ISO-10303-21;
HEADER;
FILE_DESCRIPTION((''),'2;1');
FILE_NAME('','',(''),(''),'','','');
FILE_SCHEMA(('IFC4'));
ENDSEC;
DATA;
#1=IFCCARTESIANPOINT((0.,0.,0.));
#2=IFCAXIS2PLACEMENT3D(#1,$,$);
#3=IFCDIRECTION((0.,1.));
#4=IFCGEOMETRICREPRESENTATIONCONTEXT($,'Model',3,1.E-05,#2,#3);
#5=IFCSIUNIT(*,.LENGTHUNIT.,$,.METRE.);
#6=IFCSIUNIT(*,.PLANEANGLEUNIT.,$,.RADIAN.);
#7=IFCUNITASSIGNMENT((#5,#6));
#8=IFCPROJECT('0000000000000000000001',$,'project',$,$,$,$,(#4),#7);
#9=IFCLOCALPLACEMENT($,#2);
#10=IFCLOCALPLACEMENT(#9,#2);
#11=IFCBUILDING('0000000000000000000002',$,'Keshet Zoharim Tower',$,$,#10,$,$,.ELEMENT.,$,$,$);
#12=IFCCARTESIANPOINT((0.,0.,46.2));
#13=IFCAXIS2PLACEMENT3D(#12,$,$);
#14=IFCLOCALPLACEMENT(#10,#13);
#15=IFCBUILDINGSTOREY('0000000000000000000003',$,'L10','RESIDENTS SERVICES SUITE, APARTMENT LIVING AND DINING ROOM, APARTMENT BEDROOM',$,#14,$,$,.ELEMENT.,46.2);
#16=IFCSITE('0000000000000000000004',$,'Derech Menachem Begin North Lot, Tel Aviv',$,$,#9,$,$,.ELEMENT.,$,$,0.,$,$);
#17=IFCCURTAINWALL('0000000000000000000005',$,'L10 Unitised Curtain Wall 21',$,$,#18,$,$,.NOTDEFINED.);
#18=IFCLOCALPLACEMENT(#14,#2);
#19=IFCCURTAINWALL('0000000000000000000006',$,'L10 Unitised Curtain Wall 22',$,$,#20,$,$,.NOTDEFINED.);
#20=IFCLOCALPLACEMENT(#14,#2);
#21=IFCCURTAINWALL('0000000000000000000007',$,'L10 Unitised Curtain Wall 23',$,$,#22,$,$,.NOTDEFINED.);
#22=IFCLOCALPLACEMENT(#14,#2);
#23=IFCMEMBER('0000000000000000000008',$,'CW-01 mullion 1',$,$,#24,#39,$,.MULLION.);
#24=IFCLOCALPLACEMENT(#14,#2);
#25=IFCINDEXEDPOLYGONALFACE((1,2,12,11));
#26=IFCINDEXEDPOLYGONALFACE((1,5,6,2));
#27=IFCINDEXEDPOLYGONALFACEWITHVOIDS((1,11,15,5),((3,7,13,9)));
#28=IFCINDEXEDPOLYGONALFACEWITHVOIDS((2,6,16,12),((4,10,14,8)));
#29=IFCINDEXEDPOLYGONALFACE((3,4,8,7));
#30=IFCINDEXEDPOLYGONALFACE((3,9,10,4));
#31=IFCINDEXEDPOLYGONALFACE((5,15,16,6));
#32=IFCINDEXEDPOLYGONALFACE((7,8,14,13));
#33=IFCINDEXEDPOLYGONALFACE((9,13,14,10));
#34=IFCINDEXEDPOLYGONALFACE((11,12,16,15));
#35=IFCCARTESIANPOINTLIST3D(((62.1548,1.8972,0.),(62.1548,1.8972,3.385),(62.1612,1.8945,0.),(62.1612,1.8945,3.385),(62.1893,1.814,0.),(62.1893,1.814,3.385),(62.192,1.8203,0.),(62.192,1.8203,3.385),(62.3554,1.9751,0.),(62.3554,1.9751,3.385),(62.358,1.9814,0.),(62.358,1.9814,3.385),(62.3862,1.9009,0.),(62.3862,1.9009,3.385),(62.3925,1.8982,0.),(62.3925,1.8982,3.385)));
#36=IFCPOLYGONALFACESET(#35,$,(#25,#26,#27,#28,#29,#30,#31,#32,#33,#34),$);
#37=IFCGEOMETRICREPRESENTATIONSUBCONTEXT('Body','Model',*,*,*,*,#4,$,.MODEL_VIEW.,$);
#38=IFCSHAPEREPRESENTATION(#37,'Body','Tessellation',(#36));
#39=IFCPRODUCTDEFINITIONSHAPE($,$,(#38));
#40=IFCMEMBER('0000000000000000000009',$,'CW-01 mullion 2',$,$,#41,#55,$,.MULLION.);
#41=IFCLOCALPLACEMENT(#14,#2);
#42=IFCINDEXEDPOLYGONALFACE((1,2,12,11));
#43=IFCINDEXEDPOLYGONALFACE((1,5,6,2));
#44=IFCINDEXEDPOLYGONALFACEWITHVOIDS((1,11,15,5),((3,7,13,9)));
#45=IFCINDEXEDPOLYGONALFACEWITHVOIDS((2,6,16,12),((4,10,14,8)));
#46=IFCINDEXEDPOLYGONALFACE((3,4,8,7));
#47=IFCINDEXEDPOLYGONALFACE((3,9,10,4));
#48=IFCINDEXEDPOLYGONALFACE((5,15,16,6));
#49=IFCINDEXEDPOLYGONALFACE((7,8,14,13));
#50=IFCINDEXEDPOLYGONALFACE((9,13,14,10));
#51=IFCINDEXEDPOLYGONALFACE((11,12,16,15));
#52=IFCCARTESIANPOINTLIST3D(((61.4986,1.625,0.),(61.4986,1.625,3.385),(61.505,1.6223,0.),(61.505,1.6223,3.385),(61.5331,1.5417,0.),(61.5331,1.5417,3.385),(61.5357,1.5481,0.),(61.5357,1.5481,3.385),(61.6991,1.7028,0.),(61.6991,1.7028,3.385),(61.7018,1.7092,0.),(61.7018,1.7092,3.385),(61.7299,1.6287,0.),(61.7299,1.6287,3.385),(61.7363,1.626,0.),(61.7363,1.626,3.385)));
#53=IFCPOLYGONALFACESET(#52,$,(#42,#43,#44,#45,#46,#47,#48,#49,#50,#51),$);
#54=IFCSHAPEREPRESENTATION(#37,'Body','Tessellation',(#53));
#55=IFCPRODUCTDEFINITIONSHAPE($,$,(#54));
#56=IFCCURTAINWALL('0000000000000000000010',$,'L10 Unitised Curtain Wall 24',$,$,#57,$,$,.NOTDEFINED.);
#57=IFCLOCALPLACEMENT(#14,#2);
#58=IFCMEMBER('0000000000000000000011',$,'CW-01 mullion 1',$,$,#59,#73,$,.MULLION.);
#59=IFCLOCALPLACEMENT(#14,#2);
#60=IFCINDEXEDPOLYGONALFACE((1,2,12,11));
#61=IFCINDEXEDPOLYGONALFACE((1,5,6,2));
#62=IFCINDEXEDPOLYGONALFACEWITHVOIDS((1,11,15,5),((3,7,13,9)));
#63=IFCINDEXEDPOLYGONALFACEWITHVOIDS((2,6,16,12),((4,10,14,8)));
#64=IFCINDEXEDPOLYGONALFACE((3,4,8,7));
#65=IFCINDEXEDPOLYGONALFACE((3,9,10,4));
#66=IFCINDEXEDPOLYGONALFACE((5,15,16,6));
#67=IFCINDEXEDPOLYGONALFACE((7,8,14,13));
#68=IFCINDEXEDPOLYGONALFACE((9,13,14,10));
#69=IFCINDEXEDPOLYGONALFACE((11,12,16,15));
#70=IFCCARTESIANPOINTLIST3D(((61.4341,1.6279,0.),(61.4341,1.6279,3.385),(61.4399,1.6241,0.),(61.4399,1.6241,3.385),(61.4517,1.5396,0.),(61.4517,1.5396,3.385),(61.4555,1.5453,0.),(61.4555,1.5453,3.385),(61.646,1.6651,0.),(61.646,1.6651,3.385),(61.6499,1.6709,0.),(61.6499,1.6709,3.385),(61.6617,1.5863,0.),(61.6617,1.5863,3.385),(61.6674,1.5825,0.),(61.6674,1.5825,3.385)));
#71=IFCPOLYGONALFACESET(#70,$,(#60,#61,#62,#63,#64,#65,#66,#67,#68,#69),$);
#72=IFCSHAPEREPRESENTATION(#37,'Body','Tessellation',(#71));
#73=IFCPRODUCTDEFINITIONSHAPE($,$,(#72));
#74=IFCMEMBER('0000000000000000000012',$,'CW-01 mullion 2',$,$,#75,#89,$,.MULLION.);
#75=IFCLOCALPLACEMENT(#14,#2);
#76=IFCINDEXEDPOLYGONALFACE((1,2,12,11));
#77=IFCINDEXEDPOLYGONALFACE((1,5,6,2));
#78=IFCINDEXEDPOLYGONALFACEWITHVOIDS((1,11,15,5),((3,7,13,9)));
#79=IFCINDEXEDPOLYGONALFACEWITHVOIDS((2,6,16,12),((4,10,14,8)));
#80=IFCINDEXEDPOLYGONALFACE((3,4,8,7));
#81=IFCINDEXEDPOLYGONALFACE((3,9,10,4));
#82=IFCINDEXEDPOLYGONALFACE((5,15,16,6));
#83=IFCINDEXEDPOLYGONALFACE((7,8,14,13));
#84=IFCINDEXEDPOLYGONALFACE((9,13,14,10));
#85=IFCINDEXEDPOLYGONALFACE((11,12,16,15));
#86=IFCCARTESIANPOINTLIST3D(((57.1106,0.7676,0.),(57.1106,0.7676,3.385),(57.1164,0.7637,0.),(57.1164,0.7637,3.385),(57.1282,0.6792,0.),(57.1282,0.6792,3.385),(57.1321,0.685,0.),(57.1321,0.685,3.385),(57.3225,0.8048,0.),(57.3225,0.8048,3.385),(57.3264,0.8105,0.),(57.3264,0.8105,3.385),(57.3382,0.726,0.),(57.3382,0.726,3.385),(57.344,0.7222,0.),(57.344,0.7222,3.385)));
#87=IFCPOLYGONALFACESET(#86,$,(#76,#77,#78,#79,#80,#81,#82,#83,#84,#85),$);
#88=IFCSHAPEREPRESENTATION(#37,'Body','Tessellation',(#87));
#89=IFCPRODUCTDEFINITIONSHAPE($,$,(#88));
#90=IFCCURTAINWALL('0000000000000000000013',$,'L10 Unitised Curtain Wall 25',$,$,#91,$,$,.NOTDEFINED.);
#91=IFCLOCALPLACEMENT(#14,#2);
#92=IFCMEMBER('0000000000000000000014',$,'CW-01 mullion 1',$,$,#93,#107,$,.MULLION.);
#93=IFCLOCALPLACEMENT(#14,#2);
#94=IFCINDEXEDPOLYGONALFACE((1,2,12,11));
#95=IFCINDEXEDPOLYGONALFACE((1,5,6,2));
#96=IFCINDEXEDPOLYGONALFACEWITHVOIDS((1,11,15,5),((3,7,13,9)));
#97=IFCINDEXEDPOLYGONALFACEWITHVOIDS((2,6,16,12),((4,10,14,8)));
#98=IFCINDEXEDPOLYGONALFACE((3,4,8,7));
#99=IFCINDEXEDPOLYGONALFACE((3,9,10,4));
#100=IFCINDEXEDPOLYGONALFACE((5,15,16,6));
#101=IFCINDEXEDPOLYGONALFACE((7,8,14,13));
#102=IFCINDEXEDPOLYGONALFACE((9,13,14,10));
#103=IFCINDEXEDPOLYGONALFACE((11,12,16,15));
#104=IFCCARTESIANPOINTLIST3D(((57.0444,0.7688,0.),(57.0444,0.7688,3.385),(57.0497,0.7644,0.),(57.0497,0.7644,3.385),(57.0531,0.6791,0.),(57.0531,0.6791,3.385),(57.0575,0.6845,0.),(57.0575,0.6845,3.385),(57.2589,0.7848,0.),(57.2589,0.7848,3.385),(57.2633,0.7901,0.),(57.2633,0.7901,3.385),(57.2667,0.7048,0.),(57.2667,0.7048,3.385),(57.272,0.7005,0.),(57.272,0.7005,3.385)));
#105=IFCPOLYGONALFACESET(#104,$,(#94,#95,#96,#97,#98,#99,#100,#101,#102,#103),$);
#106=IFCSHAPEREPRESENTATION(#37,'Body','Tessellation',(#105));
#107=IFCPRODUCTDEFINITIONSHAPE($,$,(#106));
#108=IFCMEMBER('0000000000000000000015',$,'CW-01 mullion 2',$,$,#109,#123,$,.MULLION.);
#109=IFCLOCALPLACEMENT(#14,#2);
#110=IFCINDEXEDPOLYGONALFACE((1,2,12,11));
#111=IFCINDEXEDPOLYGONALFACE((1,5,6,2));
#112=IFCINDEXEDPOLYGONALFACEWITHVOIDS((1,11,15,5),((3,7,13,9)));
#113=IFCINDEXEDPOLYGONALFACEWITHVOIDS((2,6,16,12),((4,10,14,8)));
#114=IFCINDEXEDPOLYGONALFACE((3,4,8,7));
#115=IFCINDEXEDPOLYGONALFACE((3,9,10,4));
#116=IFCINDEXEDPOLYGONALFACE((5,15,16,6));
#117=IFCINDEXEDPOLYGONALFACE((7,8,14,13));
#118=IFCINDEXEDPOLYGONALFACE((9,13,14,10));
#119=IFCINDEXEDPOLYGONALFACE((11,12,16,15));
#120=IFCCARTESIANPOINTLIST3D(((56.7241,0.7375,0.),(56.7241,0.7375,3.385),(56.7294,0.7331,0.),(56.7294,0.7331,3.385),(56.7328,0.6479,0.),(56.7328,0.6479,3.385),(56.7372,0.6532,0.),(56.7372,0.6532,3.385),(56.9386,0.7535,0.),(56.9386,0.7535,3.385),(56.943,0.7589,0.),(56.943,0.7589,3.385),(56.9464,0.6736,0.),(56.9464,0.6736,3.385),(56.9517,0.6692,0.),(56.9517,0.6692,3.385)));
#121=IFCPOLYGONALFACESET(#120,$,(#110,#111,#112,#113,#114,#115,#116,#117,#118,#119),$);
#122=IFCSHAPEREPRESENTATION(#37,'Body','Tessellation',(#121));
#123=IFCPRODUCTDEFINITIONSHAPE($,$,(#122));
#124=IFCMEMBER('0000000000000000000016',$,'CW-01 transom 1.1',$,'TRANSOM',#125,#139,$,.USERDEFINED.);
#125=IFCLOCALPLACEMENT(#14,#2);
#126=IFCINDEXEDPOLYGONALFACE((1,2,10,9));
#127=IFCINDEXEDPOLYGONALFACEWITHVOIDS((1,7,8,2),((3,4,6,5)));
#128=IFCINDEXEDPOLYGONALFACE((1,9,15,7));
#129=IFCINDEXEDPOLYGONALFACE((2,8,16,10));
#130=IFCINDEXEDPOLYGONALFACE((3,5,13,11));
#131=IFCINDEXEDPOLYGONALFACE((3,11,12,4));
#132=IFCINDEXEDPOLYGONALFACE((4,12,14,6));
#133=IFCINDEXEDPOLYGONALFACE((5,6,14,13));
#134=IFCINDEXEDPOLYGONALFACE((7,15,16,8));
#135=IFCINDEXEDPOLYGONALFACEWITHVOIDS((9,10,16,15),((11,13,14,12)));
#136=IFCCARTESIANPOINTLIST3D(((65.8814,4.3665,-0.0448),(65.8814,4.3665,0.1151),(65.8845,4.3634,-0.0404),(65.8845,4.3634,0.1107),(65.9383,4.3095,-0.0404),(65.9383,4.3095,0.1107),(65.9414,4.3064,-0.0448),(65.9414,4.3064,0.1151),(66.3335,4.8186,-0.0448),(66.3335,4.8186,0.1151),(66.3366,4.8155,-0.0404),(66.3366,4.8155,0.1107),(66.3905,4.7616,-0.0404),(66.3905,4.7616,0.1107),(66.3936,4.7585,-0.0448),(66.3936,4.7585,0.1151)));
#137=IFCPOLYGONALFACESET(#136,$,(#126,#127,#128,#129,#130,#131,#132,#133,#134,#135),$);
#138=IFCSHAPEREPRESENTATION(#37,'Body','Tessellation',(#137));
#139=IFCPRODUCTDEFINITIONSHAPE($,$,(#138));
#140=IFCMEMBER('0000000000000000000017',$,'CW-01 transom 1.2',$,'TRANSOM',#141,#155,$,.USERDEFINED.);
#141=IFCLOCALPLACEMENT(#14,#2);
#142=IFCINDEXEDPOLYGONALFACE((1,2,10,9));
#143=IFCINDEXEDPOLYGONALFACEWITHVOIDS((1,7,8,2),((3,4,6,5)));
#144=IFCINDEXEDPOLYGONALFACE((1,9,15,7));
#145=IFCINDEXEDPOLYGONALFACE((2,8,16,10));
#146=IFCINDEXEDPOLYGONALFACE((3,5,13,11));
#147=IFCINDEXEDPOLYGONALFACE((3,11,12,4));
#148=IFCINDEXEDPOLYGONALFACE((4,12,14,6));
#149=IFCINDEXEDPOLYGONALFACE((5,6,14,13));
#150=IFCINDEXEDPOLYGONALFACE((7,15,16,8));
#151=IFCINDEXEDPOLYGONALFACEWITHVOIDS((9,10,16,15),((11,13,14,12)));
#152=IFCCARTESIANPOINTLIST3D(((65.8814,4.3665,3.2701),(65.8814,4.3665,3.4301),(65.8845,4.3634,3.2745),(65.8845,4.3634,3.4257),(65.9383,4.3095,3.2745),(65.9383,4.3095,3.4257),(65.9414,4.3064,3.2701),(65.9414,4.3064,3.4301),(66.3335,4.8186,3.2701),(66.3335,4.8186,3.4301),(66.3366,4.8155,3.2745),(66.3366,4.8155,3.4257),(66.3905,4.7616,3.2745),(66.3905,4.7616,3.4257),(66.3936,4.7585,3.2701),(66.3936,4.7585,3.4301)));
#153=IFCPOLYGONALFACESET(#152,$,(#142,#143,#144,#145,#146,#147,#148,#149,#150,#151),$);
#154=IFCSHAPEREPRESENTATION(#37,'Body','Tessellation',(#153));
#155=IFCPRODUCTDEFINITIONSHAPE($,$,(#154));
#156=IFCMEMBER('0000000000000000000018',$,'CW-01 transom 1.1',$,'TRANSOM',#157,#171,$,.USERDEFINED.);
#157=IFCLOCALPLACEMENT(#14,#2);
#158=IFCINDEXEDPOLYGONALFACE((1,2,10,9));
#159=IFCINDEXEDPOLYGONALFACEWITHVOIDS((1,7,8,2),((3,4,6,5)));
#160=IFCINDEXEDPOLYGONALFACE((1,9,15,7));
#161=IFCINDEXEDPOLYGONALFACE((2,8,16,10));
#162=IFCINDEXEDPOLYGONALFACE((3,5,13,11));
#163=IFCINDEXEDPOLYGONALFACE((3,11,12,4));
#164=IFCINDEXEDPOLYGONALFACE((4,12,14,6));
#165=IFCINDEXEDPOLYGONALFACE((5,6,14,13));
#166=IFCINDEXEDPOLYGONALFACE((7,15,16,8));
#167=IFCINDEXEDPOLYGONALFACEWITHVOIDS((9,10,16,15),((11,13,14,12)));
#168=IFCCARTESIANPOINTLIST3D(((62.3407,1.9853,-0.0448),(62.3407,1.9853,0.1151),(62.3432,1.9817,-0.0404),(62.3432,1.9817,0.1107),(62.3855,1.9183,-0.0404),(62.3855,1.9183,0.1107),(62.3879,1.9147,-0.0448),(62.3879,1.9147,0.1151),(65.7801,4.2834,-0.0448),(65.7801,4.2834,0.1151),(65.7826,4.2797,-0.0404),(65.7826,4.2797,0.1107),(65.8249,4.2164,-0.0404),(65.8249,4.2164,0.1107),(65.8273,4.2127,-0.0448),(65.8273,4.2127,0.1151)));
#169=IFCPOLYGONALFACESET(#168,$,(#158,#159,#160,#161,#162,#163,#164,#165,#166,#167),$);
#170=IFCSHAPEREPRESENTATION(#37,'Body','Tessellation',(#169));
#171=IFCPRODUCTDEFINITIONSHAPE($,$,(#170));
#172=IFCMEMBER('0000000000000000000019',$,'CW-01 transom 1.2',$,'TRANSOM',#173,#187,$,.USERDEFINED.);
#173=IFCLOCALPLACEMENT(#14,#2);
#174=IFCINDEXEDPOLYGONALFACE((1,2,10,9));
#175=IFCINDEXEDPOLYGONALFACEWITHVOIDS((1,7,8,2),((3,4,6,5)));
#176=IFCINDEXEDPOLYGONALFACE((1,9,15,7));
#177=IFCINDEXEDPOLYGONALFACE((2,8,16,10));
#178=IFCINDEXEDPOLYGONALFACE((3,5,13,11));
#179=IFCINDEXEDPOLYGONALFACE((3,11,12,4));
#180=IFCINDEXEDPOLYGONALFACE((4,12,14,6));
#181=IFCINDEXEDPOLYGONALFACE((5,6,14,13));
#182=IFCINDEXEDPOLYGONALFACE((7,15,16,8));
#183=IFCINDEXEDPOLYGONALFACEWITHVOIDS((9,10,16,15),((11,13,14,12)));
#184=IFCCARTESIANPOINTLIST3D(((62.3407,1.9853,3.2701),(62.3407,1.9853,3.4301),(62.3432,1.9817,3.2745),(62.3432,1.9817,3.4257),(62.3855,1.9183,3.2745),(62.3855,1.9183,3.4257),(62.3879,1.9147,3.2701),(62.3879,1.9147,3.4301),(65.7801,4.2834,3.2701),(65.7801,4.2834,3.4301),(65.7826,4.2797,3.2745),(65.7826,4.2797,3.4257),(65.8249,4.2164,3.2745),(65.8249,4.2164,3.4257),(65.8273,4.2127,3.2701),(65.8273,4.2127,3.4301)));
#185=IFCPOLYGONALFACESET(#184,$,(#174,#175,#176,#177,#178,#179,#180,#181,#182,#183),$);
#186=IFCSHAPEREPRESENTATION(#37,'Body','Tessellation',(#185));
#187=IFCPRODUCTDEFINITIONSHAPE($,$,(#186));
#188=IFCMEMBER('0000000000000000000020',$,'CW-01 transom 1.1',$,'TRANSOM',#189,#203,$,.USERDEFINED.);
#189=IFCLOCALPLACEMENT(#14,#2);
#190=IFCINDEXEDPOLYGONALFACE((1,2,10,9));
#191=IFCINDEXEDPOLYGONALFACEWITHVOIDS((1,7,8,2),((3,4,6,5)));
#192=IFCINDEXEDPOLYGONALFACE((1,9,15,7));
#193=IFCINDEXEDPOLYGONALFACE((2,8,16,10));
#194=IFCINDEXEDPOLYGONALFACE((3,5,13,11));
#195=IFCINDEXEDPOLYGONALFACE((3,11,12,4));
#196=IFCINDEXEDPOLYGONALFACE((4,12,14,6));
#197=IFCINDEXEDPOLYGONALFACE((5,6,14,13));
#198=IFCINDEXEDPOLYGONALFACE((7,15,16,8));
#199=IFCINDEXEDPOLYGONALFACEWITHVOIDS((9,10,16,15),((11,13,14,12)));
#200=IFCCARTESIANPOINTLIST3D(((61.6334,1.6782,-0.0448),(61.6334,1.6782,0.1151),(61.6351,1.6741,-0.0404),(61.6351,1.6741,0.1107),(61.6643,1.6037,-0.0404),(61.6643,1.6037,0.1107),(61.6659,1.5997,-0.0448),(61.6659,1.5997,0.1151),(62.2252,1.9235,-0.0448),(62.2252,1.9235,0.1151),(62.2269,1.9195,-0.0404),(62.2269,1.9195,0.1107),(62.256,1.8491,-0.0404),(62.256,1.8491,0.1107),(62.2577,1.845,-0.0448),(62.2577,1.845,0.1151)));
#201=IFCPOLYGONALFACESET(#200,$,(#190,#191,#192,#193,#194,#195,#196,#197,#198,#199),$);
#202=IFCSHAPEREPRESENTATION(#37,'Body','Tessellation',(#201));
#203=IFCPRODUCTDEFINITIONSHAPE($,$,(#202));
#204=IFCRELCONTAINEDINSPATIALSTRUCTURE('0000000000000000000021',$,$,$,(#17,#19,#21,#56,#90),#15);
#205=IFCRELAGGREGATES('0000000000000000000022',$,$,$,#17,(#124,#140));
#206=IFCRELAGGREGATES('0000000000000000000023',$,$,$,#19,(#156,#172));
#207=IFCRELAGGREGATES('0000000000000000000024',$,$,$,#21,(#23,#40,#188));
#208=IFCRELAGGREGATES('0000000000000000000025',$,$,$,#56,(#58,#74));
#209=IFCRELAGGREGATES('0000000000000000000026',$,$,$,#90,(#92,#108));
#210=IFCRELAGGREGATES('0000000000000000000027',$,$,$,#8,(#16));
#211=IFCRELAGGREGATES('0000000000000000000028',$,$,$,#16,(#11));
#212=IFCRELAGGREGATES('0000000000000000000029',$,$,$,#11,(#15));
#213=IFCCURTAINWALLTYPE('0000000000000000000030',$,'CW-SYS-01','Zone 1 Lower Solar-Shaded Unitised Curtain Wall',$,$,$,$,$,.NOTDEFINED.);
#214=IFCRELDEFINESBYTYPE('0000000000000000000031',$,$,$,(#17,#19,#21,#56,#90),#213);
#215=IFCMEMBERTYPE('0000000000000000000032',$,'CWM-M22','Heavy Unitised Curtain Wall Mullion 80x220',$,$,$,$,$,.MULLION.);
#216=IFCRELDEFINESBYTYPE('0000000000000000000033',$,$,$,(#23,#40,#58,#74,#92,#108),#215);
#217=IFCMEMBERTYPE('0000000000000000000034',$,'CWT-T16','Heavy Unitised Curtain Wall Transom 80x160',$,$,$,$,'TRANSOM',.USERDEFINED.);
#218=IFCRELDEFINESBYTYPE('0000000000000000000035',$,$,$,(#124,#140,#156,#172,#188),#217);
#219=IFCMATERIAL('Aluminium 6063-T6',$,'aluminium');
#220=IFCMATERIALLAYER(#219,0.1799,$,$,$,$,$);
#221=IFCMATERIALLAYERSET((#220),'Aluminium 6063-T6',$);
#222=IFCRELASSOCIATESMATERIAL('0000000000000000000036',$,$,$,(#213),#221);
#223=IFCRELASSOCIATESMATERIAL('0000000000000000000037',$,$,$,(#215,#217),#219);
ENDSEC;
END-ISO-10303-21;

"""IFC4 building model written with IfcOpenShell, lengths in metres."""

from ifc_helpers import new_model, si_unit, direction, frame, origin, origin_2d, place, context, subcontext, project, spatial, hollow_rectangle, extrude, material, layer, layer_set, material_profile, profile_set, type_object, element, aggregate, save


model = new_model("IFC4")

# Units and contexts
model_context = context("Model", 3, precision=1e-05, world=origin(), true_north=direction((0.0, 1.0)))
body_context = subcontext(model_context, "Body", "Model", "MODEL_VIEW")
ifc_project = project(units=[si_unit("LENGTHUNIT", "METRE"), si_unit("PLANEANGLEUNIT", "RADIAN")], contexts=[model_context])

# Site, building, storey
site_placement = place(None, origin())
site = spatial("IfcSite", under=ifc_project, at=site_placement, Name="Derech Menachem Begin North Lot, Tel Aviv", CompositionType="ELEMENT", RefElevation=0.0)
building_placement = place(site_placement, origin())
building = spatial("IfcBuilding", under=site, at=building_placement, Name="Keshet Zoharim Tower", CompositionType="ELEMENT")
storey_placement = place(building_placement, frame((0.0, 0.0, 46.2)))
storey = spatial("IfcBuildingStorey", under=building, at=storey_placement, Name="L10", Description="RESIDENTS SERVICES SUITE, APARTMENT LIVING AND DINING ROOM, APARTMENT BEDROOM", CompositionType="ELEMENT", Elevation=46.2)

# Shared definitions
ifc_material_1 = material(Name="Aluminium 6063-T6", Category="aluminium")
ifc_layer_1 = layer(ifc_material_1, 0.1799)
ifc_layer_set_1 = layer_set([ifc_layer_1], Name="Aluminium 6063-T6")
curtain_wall_type = type_object("IfcCurtainWallType", Name="CW-SYS-01", Description="Zone 1 Lower Solar-Shaded Unitised Curtain Wall", PredefinedType="NOTDEFINED", material=ifc_layer_set_1)
ifc_material_profile_1 = material_profile(ifc_material_1, hollow_rectangle(XDim=0.0901, YDim=0.22, WallThickness=0.0049, at=origin_2d()), Name="MUL-90x220")
ifc_profile_set_1 = profile_set([ifc_material_profile_1], Name="Aluminium 6063-T6")
member_type_1 = type_object("IfcMemberType", Name="CWM-M22", Description="Heavy Unitised Curtain Wall Mullion 80x220", PredefinedType="MULLION", material=ifc_profile_set_1)

# Curtain walls, members
curtain_wall_1_placement = place(storey_placement, origin())
curtain_wall_1 = element("IfcCurtainWall", 1, at=curtain_wall_1_placement, inside=storey, type_object=curtain_wall_type, Name="L10 Unitised Curtain Wall 21", PredefinedType="NOTDEFINED")
curtain_wall_2_placement = place(storey_placement, origin())
curtain_wall_2 = element("IfcCurtainWall", 2, at=curtain_wall_2_placement, inside=storey, type_object=curtain_wall_type, Name="L10 Unitised Curtain Wall 22", PredefinedType="NOTDEFINED")
curtain_wall_3_placement = place(storey_placement, origin())
curtain_wall_3 = element("IfcCurtainWall", 3, at=curtain_wall_3_placement, inside=storey, type_object=curtain_wall_type, Name="L10 Unitised Curtain Wall 23", PredefinedType="NOTDEFINED")
member_1_placement = place(storey_placement, frame((62.2737, 1.8977, 0.0), z_axis=(0.0, 0.0, 1.0), x_axis=(0.383068, -0.92372, 0.0)))
member_1 = element("IfcMember", 4, at=member_1_placement, type_object=member_type_1, Name="CW-01 mullion 1", PredefinedType="MULLION", context=body_context, shape_type="SweptSolid", body=[
    extrude(hollow_rectangle(XDim=0.0901, YDim=0.22, WallThickness=0.0049, at=origin_2d()), origin(), (0.0, 0.0, 1.0), 3.385),
])
member_2_placement = place(storey_placement, frame((61.6174, 1.6255, 0.0), z_axis=(0.0, 0.0, 1.0), x_axis=(0.383068, -0.92372, 0.0)))
member_2 = element("IfcMember", 5, at=member_2_placement, type_object=member_type_1, Name="CW-01 mullion 2", PredefinedType="MULLION", context=body_context, shape_type="SweptSolid", body=[
    extrude(hollow_rectangle(XDim=0.0901, YDim=0.22, WallThickness=0.0049, at=origin_2d()), origin(), (0.0, 0.0, 1.0), 3.385),
])
curtain_wall_4_placement = place(storey_placement, origin())
curtain_wall_4 = element("IfcCurtainWall", 6, at=curtain_wall_4_placement, inside=storey, type_object=curtain_wall_type, Name="L10 Unitised Curtain Wall 24", PredefinedType="NOTDEFINED")
member_3_placement = place(storey_placement, frame((61.5508, 1.6052, 0.0), z_axis=(0.0, 0.0, 1.0), x_axis=(0.195171, -0.980769, 0.0)))
member_3 = element("IfcMember", 7, at=member_3_placement, type_object=member_type_1, Name="CW-01 mullion 1", PredefinedType="MULLION", context=body_context, shape_type="SweptSolid", body=[
    extrude(hollow_rectangle(XDim=0.0901, YDim=0.22, WallThickness=0.0049, at=origin_2d()), origin(), (0.0, 0.0, 1.0), 3.385),
])
member_4_placement = place(storey_placement, frame((57.2273, 0.7449, 0.0), z_axis=(0.0, 0.0, 1.0), x_axis=(0.195171, -0.980769, 0.0)))
member_4 = element("IfcMember", 8, at=member_4_placement, type_object=member_type_1, Name="CW-01 mullion 2", PredefinedType="MULLION", context=body_context, shape_type="SweptSolid", body=[
    extrude(hollow_rectangle(XDim=0.0901, YDim=0.22, WallThickness=0.0049, at=origin_2d()), origin(), (0.0, 0.0, 1.0), 3.385),
])
curtain_wall_5_placement = place(storey_placement, origin())
curtain_wall_5 = element("IfcCurtainWall", 9, at=curtain_wall_5_placement, inside=storey, type_object=curtain_wall_type, Name="L10 Unitised Curtain Wall 25", PredefinedType="NOTDEFINED")
member_5_placement = place(storey_placement, frame((57.1582, 0.7346, 0.0), z_axis=(0.0, 0.0, 1.0), x_axis=(0.096977, -0.995287, 0.0)))
member_5 = element("IfcMember", 10, at=member_5_placement, type_object=member_type_1, Name="CW-01 mullion 1", PredefinedType="MULLION", context=body_context, shape_type="SweptSolid", body=[
    extrude(hollow_rectangle(XDim=0.0901, YDim=0.22, WallThickness=0.0049, at=origin_2d()), origin(), (0.0, 0.0, 1.0), 3.385),
])
member_6_placement = place(storey_placement, frame((56.8379, 0.7034, 0.0), z_axis=(0.0, 0.0, 1.0), x_axis=(0.096977, -0.995287, 0.0)))
member_6 = element("IfcMember", 11, at=member_6_placement, type_object=member_type_1, Name="CW-01 mullion 2", PredefinedType="MULLION", context=body_context, shape_type="SweptSolid", body=[
    extrude(hollow_rectangle(XDim=0.0901, YDim=0.22, WallThickness=0.0049, at=origin_2d()), origin(), (0.0, 0.0, 1.0), 3.385),
])

# Members
ifc_material_profile_2 = material_profile(ifc_material_1, hollow_rectangle(XDim=0.085, YDim=0.1599, WallThickness=0.0044, at=origin_2d()), Name="TRN-85x160")
ifc_profile_set_2 = profile_set([ifc_material_profile_2], Name="Aluminium 6063-T6")
member_type_2 = type_object("IfcMemberType", Name="CWT-T16", Description="Heavy Unitised Curtain Wall Transom 80x160", ElementType="TRANSOM", PredefinedType="USERDEFINED", material=ifc_profile_set_2)
member_7_placement = place(storey_placement, frame((66.3635, 4.7886, 0.0352), z_axis=(-0.707107, -0.707107, 0.0), x_axis=(0.707107, -0.707107, 0.0)))
member_7 = element("IfcMember", 12, at=member_7_placement, type_object=member_type_2, Name="CW-01 transom 1.1", ObjectType="TRANSOM", PredefinedType="USERDEFINED", context=body_context, shape_type="SweptSolid", body=[
    extrude(hollow_rectangle(XDim=0.085, YDim=0.1599, WallThickness=0.0044, at=origin_2d()), origin(), (0.0, 0.0, 1.0), 0.6394),
])
member_8_placement = place(storey_placement, frame((66.3635, 4.7886, 3.3501), z_axis=(-0.707107, -0.707107, 0.0), x_axis=(0.707107, -0.707107, 0.0)))
member_8 = element("IfcMember", 13, at=member_8_placement, type_object=member_type_2, Name="CW-01 transom 1.2", ObjectType="TRANSOM", PredefinedType="USERDEFINED", context=body_context, shape_type="SweptSolid", body=[
    extrude(hollow_rectangle(XDim=0.085, YDim=0.1599, WallThickness=0.0044, at=origin_2d()), origin(), (0.0, 0.0, 1.0), 0.6394),
])
member_9_placement = place(storey_placement, frame((65.8037, 4.248, 0.0352), z_axis=(-0.831478, -0.555558, 0.0), x_axis=(0.555558, -0.831478, 0.0)))
member_9 = element("IfcMember", 14, at=member_9_placement, type_object=member_type_2, Name="CW-01 transom 1.1", ObjectType="TRANSOM", PredefinedType="USERDEFINED", context=body_context, shape_type="SweptSolid", body=[
    extrude(hollow_rectangle(XDim=0.085, YDim=0.1599, WallThickness=0.0044, at=origin_2d()), origin(), (0.0, 0.0, 1.0), 4.1365),
])
member_10_placement = place(storey_placement, frame((65.8037, 4.248, 3.3501), z_axis=(-0.831478, -0.555558, 0.0), x_axis=(0.555558, -0.831478, 0.0)))
member_10 = element("IfcMember", 15, at=member_10_placement, type_object=member_type_2, Name="CW-01 transom 1.2", ObjectType="TRANSOM", PredefinedType="USERDEFINED", context=body_context, shape_type="SweptSolid", body=[
    extrude(hollow_rectangle(XDim=0.085, YDim=0.1599, WallThickness=0.0044, at=origin_2d()), origin(), (0.0, 0.0, 1.0), 4.1365),
])
member_11_placement = place(storey_placement, frame((62.2415, 1.8843, 0.0352), z_axis=(-0.923752, -0.382991, 0.0), x_axis=(0.382991, -0.923752, 0.0)))
member_11 = element("IfcMember", 16, at=member_11_placement, type_object=member_type_2, Name="CW-01 transom 1.1", ObjectType="TRANSOM", PredefinedType="USERDEFINED", context=body_context, shape_type="SweptSolid", body=[
    extrude(hollow_rectangle(XDim=0.085, YDim=0.1599, WallThickness=0.0044, at=origin_2d()), origin(), (0.0, 0.0, 1.0), 0.6406),
])

aggregate(curtain_wall_1, [member_7, member_8])
aggregate(curtain_wall_2, [member_9, member_10])
aggregate(curtain_wall_3, [member_1, member_2, member_11])
aggregate(curtain_wall_4, [member_3, member_4])
aggregate(curtain_wall_5, [member_5, member_6])

save(model, "model.ifc")
